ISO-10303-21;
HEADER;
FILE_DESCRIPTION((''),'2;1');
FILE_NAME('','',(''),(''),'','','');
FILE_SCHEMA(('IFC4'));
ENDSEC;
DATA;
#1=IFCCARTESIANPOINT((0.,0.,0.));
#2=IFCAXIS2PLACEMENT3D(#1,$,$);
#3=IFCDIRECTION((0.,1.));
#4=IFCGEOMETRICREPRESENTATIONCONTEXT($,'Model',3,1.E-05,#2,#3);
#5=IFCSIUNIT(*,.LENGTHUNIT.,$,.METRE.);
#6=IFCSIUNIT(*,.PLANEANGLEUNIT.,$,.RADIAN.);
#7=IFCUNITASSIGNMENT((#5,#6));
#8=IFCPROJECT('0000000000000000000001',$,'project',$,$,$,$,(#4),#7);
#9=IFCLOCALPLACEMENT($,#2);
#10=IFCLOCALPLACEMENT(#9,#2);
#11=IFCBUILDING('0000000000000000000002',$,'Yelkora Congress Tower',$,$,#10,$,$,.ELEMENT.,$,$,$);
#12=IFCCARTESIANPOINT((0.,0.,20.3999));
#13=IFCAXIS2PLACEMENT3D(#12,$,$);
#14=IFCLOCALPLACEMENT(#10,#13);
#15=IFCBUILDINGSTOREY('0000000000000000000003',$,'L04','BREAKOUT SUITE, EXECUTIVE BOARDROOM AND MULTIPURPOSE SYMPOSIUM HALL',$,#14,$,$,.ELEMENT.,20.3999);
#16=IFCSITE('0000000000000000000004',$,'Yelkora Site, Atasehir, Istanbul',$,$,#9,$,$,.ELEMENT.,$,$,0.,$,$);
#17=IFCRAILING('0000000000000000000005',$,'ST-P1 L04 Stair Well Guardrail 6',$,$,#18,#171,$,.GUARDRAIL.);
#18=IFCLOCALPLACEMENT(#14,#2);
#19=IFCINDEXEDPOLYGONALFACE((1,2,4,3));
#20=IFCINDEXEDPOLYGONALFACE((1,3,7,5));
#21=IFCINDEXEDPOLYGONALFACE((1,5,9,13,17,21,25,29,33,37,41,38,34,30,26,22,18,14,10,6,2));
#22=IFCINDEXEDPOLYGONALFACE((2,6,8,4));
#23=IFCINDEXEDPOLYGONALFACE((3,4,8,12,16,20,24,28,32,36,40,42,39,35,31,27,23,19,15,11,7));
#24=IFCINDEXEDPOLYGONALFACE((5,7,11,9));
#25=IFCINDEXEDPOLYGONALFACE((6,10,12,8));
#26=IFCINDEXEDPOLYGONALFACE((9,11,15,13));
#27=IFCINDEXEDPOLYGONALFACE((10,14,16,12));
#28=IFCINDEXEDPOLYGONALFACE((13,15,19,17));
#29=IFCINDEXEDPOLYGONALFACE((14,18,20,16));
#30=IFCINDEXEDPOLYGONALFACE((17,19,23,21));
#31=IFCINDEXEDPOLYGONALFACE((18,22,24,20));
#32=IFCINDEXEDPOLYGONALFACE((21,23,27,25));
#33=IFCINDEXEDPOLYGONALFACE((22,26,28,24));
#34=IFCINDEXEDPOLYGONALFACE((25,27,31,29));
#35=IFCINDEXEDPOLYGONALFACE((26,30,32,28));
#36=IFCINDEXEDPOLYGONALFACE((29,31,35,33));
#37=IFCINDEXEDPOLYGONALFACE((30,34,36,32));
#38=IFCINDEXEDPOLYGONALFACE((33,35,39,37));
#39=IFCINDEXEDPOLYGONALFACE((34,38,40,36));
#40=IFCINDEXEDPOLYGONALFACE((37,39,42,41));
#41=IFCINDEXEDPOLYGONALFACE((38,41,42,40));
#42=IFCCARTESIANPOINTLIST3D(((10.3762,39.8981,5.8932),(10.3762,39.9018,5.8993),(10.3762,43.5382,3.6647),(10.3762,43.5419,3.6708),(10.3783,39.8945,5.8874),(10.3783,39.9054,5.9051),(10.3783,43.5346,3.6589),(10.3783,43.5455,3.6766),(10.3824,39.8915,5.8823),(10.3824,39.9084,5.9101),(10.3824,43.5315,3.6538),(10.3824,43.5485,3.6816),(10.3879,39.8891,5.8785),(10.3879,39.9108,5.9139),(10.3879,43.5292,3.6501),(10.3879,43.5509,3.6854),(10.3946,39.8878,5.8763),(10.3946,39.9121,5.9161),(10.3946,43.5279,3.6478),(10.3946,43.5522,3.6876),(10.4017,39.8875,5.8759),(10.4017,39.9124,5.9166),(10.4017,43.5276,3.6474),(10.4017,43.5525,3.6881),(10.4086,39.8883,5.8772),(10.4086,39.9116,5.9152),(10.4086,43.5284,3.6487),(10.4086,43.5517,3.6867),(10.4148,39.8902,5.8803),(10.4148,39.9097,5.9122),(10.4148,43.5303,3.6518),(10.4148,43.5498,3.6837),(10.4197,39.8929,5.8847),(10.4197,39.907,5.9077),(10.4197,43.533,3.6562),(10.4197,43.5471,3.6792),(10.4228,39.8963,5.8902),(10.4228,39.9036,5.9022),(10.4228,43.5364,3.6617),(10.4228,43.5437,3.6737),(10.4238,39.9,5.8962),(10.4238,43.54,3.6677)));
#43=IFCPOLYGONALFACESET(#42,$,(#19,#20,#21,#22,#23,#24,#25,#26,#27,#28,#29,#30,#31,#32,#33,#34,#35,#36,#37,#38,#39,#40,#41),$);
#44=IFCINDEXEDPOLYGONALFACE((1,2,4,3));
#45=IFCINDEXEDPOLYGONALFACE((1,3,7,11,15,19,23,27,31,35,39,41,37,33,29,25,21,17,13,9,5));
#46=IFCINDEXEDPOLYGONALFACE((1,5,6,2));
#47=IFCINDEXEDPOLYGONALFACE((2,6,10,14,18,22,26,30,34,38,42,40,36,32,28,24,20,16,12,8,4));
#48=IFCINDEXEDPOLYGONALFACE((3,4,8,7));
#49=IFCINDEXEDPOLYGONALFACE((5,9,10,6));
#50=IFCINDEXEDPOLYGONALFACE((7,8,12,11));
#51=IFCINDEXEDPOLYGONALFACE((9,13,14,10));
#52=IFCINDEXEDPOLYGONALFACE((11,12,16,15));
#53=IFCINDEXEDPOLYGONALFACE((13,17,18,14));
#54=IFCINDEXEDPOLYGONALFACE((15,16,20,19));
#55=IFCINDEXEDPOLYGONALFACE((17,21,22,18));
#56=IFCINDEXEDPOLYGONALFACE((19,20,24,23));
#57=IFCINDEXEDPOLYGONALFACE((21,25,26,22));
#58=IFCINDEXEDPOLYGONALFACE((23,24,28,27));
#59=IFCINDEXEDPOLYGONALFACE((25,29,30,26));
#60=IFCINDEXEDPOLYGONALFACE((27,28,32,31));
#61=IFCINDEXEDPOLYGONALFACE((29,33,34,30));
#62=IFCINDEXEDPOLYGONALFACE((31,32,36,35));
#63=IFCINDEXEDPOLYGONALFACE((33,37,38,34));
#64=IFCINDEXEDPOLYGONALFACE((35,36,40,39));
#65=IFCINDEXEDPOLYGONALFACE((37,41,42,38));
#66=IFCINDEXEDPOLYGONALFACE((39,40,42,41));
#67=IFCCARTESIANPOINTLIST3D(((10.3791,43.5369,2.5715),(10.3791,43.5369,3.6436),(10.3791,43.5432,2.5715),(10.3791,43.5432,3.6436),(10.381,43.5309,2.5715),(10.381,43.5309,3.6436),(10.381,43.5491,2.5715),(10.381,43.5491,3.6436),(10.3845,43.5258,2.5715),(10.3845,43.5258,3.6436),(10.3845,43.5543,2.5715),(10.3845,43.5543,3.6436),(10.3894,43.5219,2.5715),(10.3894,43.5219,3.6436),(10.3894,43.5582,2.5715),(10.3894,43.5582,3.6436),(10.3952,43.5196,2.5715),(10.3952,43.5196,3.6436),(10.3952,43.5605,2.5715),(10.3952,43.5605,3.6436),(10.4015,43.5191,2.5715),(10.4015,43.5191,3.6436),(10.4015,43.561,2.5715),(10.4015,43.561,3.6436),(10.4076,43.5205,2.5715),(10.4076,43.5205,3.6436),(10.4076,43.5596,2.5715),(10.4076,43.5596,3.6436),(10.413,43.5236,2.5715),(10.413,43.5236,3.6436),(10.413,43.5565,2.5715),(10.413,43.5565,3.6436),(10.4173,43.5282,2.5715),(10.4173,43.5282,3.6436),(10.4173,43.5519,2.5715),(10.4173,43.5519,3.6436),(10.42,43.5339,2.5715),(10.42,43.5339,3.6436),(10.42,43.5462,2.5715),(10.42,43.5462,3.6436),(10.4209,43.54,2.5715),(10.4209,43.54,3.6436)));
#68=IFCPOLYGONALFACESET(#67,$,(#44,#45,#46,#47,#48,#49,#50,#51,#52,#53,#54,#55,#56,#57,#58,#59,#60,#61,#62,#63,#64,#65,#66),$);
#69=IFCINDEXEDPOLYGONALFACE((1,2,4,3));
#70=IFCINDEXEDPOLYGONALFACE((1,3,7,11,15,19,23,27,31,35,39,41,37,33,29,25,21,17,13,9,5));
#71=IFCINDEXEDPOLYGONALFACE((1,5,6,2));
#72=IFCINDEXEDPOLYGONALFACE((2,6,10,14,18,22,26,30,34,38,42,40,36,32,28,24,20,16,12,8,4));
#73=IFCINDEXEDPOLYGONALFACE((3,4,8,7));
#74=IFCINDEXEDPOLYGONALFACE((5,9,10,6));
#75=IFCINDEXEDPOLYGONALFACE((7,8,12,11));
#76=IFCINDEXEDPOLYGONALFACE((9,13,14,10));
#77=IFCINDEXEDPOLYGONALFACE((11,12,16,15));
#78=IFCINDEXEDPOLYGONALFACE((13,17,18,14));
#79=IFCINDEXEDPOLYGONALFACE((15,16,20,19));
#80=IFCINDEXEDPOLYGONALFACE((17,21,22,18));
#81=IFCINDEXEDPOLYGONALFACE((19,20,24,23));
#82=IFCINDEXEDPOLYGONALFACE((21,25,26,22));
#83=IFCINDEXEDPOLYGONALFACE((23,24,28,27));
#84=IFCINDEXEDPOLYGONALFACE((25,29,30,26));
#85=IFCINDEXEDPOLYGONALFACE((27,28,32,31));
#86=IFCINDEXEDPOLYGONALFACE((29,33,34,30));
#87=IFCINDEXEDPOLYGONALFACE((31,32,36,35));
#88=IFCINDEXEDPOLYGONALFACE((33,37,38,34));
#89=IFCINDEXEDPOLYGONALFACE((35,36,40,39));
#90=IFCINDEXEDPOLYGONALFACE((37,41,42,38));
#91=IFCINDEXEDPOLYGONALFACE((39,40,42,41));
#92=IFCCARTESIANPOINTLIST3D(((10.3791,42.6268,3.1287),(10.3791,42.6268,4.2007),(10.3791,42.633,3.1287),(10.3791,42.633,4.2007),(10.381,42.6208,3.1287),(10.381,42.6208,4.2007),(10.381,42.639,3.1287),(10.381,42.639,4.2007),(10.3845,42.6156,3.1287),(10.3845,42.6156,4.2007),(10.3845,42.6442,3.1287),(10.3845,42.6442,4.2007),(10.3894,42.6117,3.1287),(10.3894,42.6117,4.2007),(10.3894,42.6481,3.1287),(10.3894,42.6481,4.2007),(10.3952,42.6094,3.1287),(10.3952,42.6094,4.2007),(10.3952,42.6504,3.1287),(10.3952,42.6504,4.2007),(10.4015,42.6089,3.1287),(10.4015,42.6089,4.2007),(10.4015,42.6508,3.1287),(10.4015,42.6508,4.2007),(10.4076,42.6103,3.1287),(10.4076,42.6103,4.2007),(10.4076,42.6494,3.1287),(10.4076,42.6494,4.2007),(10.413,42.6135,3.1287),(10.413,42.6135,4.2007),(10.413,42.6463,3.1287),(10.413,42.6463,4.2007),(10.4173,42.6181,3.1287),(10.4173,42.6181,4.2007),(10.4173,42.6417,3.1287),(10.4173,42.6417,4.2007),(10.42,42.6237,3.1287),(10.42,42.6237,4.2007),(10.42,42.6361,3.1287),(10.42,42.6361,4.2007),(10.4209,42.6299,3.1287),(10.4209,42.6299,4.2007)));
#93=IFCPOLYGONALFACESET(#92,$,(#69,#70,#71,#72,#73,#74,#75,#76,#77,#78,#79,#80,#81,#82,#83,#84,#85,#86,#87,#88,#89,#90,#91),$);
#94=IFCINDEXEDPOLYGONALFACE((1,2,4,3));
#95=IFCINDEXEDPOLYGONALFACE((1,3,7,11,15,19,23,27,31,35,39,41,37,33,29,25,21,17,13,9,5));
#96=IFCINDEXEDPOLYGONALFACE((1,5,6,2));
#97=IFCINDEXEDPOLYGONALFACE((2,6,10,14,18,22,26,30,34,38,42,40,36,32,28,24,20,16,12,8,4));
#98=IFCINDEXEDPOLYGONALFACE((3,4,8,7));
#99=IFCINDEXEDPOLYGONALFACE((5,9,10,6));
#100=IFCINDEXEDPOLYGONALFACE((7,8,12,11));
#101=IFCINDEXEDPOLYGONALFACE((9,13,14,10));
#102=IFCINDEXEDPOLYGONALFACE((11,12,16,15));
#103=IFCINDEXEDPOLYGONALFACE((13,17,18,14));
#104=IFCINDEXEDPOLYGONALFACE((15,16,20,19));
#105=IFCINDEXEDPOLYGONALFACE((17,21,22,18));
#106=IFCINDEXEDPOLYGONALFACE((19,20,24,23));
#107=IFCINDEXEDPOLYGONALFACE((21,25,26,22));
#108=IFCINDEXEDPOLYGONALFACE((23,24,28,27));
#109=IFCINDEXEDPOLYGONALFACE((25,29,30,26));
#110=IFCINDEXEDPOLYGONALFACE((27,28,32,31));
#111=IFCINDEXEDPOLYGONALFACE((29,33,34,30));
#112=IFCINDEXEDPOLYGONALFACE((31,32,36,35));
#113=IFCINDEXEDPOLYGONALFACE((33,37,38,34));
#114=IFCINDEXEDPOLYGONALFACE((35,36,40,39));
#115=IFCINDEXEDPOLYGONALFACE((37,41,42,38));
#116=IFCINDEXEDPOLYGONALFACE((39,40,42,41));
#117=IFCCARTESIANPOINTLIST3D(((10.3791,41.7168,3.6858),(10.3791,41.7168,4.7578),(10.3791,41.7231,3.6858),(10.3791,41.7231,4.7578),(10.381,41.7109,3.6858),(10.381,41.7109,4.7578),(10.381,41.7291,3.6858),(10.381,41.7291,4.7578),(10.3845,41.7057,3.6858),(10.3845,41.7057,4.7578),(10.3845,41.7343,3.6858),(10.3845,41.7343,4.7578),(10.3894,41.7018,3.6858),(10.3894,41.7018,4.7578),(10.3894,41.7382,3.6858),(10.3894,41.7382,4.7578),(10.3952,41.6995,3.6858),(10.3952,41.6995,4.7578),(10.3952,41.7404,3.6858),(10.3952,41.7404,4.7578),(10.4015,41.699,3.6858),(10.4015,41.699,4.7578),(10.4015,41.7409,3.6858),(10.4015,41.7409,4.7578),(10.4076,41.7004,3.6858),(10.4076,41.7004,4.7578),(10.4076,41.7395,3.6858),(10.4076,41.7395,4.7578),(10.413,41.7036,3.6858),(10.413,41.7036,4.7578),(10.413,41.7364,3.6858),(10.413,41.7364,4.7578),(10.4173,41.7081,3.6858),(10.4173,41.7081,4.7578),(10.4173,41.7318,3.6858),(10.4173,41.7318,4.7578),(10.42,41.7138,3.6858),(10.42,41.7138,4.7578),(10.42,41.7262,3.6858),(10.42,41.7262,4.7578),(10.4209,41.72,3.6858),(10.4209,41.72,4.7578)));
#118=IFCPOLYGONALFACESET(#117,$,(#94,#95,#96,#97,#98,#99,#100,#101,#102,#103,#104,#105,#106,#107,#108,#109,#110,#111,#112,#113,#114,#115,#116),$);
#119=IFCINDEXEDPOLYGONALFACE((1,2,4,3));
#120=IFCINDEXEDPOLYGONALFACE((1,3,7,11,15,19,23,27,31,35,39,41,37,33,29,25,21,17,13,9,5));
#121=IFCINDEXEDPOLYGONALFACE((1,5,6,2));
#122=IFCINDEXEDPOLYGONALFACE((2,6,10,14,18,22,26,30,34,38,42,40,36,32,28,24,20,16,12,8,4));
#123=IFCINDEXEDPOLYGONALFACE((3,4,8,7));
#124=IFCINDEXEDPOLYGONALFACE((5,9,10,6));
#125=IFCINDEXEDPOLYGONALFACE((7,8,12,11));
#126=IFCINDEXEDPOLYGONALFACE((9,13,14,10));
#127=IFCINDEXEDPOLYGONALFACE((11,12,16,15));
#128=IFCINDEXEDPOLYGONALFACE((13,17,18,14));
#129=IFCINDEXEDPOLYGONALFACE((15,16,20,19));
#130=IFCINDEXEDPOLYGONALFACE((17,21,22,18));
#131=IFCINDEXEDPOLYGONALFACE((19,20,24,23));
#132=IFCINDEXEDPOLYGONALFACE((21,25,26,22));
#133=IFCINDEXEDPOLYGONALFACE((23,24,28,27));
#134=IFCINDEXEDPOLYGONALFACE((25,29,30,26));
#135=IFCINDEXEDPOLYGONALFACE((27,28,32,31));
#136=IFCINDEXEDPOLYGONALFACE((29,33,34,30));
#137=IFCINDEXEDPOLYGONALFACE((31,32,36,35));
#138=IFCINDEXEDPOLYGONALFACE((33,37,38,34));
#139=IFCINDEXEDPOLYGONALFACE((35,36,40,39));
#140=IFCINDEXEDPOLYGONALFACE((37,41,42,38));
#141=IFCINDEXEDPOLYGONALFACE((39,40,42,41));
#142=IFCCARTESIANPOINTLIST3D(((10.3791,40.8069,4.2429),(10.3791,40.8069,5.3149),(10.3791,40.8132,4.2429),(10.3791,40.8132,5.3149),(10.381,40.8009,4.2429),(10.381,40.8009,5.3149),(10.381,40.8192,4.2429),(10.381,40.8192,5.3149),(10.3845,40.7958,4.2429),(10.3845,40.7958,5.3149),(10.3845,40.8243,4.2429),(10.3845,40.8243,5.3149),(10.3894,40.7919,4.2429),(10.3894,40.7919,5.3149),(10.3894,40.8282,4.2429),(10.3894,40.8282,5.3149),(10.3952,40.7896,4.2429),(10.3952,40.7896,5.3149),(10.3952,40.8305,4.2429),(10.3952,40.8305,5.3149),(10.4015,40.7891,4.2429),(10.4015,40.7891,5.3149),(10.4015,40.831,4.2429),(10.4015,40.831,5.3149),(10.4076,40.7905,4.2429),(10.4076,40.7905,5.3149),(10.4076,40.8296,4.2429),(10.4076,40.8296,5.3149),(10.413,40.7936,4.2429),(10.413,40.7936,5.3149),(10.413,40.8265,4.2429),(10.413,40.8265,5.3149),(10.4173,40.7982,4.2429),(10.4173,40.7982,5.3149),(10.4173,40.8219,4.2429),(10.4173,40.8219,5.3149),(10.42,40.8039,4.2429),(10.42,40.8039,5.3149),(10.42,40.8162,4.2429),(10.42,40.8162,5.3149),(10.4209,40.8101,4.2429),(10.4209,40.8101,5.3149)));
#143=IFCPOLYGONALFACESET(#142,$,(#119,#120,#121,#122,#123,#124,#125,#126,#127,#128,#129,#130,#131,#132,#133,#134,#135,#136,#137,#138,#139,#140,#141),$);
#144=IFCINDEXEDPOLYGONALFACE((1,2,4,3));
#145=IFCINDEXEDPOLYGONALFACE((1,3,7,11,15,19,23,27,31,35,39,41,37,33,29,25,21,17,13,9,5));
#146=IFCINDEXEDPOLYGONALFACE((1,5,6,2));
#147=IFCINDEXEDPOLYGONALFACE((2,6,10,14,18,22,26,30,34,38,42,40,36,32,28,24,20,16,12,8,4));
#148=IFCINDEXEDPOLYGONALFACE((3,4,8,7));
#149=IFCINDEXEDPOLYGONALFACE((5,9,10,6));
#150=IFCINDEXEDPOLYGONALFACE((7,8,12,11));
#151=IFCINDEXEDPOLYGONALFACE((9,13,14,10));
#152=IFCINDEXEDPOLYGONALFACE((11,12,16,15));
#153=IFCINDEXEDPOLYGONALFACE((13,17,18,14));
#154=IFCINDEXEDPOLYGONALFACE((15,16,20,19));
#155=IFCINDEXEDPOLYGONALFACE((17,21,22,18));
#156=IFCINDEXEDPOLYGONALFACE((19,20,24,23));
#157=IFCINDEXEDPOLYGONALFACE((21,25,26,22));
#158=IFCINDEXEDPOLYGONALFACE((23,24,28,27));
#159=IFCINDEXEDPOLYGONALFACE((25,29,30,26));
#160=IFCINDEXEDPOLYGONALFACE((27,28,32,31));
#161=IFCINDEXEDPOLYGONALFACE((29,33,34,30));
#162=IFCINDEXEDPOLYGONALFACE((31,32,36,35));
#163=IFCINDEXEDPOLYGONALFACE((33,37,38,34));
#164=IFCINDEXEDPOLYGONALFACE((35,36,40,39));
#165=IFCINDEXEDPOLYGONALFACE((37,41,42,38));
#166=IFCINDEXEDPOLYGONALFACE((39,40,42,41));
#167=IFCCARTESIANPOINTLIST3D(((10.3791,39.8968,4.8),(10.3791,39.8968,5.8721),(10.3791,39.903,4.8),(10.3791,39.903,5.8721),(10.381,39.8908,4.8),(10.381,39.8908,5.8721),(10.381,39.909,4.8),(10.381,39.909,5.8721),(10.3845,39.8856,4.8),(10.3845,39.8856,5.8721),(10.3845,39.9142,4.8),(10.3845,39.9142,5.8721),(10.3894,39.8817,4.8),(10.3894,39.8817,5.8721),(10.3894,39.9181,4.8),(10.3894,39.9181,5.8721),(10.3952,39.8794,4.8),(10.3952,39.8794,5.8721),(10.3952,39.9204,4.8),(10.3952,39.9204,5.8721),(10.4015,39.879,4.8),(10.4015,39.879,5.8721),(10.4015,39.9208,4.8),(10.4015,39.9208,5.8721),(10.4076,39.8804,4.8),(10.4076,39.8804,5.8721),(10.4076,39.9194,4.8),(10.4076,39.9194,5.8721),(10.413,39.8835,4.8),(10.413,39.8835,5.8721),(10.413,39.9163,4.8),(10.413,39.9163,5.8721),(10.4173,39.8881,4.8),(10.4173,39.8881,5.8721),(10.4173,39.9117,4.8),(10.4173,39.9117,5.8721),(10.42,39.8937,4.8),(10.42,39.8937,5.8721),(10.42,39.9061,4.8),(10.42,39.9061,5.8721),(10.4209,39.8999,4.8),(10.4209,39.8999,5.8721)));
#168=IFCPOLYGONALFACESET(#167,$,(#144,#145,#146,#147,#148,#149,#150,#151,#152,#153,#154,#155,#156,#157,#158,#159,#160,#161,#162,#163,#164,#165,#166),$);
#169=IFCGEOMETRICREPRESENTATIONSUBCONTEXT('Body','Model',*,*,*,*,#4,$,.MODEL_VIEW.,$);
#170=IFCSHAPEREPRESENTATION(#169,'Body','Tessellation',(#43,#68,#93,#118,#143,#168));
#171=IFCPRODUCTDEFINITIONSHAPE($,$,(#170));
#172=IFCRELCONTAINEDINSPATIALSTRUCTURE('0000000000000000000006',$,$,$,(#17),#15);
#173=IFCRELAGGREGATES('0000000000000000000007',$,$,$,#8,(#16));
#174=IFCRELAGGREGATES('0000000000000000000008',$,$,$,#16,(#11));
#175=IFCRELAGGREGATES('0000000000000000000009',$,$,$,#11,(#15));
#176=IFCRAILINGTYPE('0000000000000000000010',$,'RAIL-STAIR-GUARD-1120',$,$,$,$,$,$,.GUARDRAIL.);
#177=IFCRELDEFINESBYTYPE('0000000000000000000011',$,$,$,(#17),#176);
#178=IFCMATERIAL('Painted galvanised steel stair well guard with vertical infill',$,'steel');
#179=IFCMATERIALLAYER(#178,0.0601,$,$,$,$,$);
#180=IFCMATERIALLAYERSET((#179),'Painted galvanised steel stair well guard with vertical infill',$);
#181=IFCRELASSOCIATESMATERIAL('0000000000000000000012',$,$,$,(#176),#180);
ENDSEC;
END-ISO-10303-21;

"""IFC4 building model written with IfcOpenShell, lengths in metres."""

from ifc_helpers import new_model, si_unit, direction, frame, origin, origin_2d, place, context, subcontext, project, spatial, circle, extrude, material, layer, layer_set, type_object, element, save


model = new_model("IFC4")

# Units and contexts
model_context = context("Model", 3, precision=1e-05, world=origin(), true_north=direction((0.0, 1.0)))
body_context = subcontext(model_context, "Body", "Model", "MODEL_VIEW")
ifc_project = project(units=[si_unit("LENGTHUNIT", "METRE"), si_unit("PLANEANGLEUNIT", "RADIAN")], contexts=[model_context])

# Site, building, storey
site_placement = place(None, origin())
site = spatial("IfcSite", under=ifc_project, at=site_placement, Name="Yelkora Site, Atasehir, Istanbul", CompositionType="ELEMENT", RefElevation=0.0)
building_placement = place(site_placement, origin())
building = spatial("IfcBuilding", under=site, at=building_placement, Name="Yelkora Congress Tower", CompositionType="ELEMENT")
storey_placement = place(building_placement, frame((0.0, 0.0, 20.3999)))
storey = spatial("IfcBuildingStorey", under=building, at=storey_placement, Name="L04", Description="BREAKOUT SUITE, EXECUTIVE BOARDROOM AND MULTIPURPOSE SYMPOSIUM HALL", CompositionType="ELEMENT", Elevation=20.3999)

# Railing
ifc_material_1 = material(Name="Painted galvanised steel stair well guard with vertical infill", Category="steel")
ifc_layer_1 = layer(ifc_material_1, 0.0601)
ifc_layer_set_1 = layer_set([ifc_layer_1], Name="Painted galvanised steel stair well guard with vertical infill")
railing_type_1 = type_object("IfcRailingType", Name="RAIL-STAIR-GUARD-1120", PredefinedType="GUARDRAIL", material=ifc_layer_set_1)
railing_1_placement = place(storey_placement, frame((10.3999, 43.54, 2.5715)))
element("IfcRailing", 1, at=railing_1_placement, inside=storey, type_object=railing_type_1, Name="ST-P1 L04 Stair Well Guardrail 6", PredefinedType="GUARDRAIL", context=body_context, shape_type="SweptSolid", body=[
    extrude(circle(Radius=0.0239, at=origin_2d()), frame((0.0, 0.0, 1.0962), z_axis=(0.0, -0.852866, 0.52213), x_axis=(1.0, 0.0, 0.0)), (0.0, 0.0, 1.0), 4.2681),
    extrude(circle(Radius=0.021, at=origin_2d()), origin(), (0.0, 0.0, 1.0), 1.072),
    extrude(circle(Radius=0.021, at=origin_2d()), frame((0.0, -0.9102, 0.5571)), (0.0, 0.0, 1.0), 1.072),
    extrude(circle(Radius=0.021, at=origin_2d()), frame((0.0, -1.8201, 1.1143)), (0.0, 0.0, 1.0), 1.072),
    extrude(circle(Radius=0.021, at=origin_2d()), frame((0.0, -2.73, 1.6714)), (0.0, 0.0, 1.0), 1.072),
    extrude(circle(Radius=0.021, at=origin_2d()), frame((0.0, -3.6401, 2.2285)), (0.0, 0.0, 1.0), 1.072),
])

save(model, "model.ifc")
